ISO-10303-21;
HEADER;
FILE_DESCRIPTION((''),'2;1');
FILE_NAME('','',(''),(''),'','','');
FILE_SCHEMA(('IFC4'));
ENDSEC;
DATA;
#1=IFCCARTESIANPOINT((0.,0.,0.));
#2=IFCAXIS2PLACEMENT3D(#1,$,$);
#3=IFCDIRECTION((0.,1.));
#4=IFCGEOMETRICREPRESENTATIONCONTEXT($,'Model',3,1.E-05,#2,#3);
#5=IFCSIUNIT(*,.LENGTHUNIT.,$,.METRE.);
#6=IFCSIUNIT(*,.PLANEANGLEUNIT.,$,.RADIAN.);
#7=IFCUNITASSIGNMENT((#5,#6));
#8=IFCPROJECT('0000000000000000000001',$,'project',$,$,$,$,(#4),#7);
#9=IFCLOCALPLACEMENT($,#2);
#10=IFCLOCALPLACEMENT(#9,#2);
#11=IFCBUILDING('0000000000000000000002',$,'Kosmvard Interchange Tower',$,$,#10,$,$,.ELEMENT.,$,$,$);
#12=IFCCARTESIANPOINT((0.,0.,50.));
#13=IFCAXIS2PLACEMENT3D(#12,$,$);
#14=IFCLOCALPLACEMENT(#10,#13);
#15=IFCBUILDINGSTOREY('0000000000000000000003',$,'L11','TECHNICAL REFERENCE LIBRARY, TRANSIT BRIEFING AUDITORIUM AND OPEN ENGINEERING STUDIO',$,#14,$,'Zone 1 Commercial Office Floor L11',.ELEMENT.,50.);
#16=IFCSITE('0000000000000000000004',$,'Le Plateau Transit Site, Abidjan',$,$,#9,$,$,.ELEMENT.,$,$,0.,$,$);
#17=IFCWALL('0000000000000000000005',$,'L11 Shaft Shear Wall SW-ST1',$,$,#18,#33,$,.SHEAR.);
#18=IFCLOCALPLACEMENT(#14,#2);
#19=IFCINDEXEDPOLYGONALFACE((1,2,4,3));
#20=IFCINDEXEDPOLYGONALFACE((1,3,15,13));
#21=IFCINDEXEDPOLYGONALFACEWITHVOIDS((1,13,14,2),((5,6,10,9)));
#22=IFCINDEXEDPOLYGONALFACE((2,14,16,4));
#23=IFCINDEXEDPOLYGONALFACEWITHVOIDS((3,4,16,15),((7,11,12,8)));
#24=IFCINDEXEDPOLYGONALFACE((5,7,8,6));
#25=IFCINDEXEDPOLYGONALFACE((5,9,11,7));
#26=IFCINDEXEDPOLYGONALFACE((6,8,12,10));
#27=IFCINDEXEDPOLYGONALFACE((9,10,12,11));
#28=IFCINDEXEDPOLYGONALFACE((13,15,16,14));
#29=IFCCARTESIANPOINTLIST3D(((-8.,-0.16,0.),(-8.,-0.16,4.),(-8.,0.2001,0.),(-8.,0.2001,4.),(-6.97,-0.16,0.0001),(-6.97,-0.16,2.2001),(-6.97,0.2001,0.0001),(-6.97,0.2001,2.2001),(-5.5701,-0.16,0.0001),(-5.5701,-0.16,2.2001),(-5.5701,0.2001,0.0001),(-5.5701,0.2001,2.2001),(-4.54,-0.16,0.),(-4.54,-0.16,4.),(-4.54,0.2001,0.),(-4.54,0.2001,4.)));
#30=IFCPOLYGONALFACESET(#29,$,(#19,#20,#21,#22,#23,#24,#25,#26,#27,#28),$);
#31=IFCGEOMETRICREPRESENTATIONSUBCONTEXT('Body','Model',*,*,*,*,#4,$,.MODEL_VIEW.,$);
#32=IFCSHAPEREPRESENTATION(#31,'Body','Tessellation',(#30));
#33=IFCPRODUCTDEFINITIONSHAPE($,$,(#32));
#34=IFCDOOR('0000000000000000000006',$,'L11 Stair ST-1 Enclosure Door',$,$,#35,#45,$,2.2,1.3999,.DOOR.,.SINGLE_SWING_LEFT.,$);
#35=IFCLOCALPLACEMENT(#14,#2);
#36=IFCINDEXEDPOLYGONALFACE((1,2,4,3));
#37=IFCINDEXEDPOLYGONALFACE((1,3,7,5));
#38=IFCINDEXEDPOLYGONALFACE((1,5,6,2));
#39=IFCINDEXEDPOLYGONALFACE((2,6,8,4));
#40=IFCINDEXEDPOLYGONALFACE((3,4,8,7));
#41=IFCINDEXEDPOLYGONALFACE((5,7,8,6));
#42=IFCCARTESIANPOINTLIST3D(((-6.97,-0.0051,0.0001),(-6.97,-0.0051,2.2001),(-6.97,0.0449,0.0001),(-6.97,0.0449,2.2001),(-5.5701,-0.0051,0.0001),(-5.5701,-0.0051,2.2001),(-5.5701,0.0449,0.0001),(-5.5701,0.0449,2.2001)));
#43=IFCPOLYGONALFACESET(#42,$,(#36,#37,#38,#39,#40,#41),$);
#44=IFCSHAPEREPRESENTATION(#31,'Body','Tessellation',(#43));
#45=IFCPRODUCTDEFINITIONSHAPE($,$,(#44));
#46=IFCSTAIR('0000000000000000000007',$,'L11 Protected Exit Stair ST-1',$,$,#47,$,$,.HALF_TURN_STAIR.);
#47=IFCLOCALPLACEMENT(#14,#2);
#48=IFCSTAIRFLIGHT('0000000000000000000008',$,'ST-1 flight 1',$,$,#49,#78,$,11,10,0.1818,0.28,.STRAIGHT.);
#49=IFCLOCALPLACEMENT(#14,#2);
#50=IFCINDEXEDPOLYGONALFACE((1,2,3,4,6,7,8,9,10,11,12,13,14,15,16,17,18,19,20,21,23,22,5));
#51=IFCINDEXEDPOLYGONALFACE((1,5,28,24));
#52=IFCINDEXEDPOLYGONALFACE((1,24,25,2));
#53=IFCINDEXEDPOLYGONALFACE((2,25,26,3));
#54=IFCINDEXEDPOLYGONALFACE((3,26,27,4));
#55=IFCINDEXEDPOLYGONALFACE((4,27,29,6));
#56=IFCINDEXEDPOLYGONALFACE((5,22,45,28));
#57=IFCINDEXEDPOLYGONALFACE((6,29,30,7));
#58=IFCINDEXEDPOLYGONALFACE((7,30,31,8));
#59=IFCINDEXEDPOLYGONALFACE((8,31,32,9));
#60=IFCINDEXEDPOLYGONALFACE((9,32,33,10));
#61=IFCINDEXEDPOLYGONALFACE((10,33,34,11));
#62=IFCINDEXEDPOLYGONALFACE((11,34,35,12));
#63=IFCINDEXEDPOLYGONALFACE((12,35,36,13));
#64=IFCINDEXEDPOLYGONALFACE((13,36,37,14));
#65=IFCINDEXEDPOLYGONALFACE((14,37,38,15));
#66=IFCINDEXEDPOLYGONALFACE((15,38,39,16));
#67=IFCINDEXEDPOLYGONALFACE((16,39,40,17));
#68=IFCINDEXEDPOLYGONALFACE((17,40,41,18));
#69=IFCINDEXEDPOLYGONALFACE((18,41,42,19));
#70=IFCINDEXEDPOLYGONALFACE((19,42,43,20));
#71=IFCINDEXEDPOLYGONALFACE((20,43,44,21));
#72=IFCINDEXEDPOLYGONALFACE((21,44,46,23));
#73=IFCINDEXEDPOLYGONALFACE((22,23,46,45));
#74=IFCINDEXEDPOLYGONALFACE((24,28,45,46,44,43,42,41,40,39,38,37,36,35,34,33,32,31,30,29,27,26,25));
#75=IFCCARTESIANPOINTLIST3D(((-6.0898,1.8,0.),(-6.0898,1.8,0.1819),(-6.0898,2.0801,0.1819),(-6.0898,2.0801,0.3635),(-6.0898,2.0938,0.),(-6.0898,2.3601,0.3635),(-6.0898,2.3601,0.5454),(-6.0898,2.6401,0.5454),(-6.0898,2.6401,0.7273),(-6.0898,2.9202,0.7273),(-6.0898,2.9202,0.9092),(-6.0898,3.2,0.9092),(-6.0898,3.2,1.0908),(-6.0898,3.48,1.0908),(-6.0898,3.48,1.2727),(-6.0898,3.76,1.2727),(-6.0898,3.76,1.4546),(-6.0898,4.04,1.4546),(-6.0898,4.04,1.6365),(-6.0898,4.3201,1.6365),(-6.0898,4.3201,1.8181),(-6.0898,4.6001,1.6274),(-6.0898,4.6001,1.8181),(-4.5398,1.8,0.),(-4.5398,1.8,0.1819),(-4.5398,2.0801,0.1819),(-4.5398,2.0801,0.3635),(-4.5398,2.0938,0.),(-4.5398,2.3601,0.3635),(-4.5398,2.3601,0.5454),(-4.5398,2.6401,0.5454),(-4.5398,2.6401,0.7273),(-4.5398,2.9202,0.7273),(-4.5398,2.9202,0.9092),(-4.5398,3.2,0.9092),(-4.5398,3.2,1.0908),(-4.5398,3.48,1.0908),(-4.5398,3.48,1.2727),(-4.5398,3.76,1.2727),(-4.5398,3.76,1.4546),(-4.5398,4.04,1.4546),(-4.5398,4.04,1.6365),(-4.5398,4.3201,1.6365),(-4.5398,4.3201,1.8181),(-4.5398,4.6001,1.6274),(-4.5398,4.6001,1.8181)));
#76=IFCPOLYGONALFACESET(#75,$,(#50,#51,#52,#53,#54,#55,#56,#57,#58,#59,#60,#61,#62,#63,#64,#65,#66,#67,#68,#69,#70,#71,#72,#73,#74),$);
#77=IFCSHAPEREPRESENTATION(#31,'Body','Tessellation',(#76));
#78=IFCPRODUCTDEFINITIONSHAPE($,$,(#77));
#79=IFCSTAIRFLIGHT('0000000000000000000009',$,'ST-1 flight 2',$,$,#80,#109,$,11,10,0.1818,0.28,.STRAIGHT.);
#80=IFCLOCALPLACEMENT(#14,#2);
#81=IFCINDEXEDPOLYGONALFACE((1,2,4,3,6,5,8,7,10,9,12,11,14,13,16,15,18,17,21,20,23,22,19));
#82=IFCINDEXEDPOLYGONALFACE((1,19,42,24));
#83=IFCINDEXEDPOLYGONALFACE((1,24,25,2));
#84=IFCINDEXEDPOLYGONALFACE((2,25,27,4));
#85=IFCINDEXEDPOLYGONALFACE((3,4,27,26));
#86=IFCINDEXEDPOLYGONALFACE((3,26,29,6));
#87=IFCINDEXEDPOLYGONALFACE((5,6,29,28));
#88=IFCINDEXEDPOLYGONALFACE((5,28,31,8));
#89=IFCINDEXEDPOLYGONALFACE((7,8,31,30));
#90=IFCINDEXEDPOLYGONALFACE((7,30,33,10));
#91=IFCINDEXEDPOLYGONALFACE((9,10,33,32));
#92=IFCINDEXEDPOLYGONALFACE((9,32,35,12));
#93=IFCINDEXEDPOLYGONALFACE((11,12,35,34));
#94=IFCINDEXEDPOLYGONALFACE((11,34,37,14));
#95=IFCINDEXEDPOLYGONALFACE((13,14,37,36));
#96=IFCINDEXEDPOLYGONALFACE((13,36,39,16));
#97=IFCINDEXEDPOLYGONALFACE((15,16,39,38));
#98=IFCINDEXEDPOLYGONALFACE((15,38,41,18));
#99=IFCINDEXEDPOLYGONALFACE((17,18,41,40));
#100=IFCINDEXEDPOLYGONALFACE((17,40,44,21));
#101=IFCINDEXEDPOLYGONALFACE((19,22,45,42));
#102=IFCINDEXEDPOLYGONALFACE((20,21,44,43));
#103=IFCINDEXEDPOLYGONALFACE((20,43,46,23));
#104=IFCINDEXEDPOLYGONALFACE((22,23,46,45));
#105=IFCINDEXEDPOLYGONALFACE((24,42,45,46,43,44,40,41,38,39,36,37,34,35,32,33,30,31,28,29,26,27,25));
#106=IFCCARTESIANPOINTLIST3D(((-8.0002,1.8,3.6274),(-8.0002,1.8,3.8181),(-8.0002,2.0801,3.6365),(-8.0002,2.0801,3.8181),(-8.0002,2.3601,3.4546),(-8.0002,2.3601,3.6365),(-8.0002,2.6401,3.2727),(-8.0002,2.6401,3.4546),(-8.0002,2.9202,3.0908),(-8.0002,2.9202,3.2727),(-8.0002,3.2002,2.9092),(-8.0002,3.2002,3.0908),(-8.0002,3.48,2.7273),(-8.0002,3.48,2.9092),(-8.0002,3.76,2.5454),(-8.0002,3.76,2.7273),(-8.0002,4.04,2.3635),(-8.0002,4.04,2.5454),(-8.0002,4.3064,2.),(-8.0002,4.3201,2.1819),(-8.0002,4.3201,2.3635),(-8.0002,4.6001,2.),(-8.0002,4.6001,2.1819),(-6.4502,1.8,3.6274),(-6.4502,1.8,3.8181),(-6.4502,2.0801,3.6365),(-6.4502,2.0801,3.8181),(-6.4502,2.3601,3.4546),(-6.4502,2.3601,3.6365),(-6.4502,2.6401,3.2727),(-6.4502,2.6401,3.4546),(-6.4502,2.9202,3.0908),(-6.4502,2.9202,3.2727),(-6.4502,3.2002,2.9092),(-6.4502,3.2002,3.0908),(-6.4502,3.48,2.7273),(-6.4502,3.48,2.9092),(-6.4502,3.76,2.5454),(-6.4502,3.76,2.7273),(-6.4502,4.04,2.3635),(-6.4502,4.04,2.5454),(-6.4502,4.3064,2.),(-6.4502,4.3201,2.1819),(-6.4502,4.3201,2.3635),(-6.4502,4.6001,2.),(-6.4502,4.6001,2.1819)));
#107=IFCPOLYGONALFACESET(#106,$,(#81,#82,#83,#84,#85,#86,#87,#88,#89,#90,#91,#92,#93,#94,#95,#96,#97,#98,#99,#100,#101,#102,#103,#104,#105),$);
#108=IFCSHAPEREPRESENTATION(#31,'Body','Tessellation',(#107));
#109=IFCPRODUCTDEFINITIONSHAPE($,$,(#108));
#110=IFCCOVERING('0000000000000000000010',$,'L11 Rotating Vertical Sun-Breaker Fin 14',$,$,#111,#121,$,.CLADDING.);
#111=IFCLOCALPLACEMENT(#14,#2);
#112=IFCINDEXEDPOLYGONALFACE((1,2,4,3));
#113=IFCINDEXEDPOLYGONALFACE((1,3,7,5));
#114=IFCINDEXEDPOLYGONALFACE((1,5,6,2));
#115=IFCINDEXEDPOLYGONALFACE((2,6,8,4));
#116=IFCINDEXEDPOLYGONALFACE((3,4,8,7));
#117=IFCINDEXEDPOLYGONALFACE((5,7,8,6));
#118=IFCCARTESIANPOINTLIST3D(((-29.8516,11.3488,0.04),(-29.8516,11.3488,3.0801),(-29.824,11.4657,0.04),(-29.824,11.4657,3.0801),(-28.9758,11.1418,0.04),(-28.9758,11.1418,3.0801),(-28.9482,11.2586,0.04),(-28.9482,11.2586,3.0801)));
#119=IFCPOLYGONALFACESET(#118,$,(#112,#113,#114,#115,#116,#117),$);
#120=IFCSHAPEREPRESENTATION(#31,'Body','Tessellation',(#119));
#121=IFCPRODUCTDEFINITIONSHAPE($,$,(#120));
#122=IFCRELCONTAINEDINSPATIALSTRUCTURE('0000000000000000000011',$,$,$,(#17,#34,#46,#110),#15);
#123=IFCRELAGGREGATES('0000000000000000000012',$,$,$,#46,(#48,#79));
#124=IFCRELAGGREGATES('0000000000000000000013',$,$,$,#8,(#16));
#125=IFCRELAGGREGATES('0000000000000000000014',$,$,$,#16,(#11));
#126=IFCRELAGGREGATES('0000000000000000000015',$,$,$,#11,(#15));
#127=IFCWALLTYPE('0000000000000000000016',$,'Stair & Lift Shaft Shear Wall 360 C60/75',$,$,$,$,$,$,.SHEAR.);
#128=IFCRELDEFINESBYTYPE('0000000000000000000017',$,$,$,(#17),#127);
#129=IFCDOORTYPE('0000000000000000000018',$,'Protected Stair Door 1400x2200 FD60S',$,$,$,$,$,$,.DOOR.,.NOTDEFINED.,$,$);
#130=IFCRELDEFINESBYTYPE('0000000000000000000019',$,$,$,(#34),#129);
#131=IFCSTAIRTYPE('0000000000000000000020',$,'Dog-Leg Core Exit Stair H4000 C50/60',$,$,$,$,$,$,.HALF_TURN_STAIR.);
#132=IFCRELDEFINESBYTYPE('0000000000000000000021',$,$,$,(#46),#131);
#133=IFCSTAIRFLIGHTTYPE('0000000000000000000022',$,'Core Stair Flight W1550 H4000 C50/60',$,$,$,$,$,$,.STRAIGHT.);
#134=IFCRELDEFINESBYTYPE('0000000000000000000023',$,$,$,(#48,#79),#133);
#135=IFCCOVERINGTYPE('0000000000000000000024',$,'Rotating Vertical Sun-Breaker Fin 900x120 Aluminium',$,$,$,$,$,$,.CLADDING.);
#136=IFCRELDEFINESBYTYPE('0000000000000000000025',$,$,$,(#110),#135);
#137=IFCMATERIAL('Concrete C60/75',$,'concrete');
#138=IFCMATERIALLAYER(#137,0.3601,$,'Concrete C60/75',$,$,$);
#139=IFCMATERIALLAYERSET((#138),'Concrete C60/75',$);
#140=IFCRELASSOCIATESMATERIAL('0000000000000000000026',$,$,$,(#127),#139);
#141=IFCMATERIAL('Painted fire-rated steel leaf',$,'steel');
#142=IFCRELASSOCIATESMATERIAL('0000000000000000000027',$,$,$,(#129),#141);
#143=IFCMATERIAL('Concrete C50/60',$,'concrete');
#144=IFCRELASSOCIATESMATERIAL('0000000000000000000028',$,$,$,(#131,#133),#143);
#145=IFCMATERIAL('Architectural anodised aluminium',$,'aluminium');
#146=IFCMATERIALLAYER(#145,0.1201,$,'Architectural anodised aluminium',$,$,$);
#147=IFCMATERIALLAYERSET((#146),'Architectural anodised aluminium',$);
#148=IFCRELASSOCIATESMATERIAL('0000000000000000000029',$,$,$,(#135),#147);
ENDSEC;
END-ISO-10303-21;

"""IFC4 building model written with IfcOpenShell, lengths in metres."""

from ifc_helpers import new_model, si_unit, direction, frame, frame_2d, origin, origin_2d, place, context, subcontext, project, spatial, polyline, rectangle, outline, extrude, source, transform, mapped, material, layer, layer_set, type_object, element, fill, aggregate, save


model = new_model("IFC4")

# Units and contexts
model_context = context("Model", 3, precision=1e-05, world=origin(), true_north=direction((0.0, 1.0)))
body_context = subcontext(model_context, "Body", "Model", "MODEL_VIEW")
ifc_project = project(units=[si_unit("LENGTHUNIT", "METRE"), si_unit("PLANEANGLEUNIT", "RADIAN")], contexts=[model_context])

# Site, building, storey
site_placement = place(None, origin())
site = spatial("IfcSite", under=ifc_project, at=site_placement, Name="Le Plateau Transit Site, Abidjan", CompositionType="ELEMENT", RefElevation=0.0)
building_placement = place(site_placement, origin())
building = spatial("IfcBuilding", under=site, at=building_placement, Name="Kosmvard Interchange Tower", CompositionType="ELEMENT")
storey_placement = place(building_placement, frame((0.0, 0.0, 50.0)))
storey = spatial("IfcBuildingStorey", under=building, at=storey_placement, Name="L11", Description="TECHNICAL REFERENCE LIBRARY, TRANSIT BRIEFING AUDITORIUM AND OPEN ENGINEERING STUDIO", LongName="Zone 1 Commercial Office Floor L11", CompositionType="ELEMENT", Elevation=50.0)

# Wall, opening, door
ifc_material_1 = material(Name="Concrete C60/75", Category="concrete")
ifc_layer_1 = layer(ifc_material_1, 0.3601, Name="Concrete C60/75")
ifc_layer_set_1 = layer_set([ifc_layer_1], Name="Concrete C60/75")
wall_type_1 = type_object("IfcWallType", Name="Stair & Lift Shaft Shear Wall 360 C60/75", PredefinedType="SHEAR", material=ifc_layer_set_1)
wall_1_placement = place(storey_placement, frame((-8.0, 0.02, 0.0), z_axis=(0.0, 0.0, 1.0), x_axis=(1.0, 0.0, 0.0)))
wall_1 = element("IfcWall", 1, at=wall_1_placement, inside=storey, type_object=wall_type_1, Name="L11 Shaft Shear Wall SW-ST1", PredefinedType="SHEAR", context=body_context, shape_type="SweptSolid", body=[
    extrude(rectangle(XDim=3.46, YDim=0.3601, at=frame_2d((1.73, 0.0))), origin(), (0.0, 0.0, 1.0), 4.0),
])
opening_1_placement = place(wall_1_placement, frame((1.03, 0.0, 0.0)))
opening_1 = element("IfcOpeningElement", 2, at=opening_1_placement, cuts=wall_1, PredefinedType="OPENING", context=body_context, shape_type="SweptSolid", body=[
    extrude(rectangle(XDim=1.3999, YDim=2.2, at=frame_2d((0.7, 1.1001))), frame((0.0, 0.1899, 0.0), z_axis=(0.0, -1.0, 0.0), x_axis=(1.0, 0.0, 0.0)), (0.0, 0.0, 1.0), 0.3801),
])
ifc_material_2 = material(Name="Painted fire-rated steel leaf", Category="steel")
door_type_1 = type_object("IfcDoorType", Name="Protected Stair Door 1400x2200 FD60S", OperationType="NOTDEFINED", PredefinedType="DOOR", material=ifc_material_2)
shared_shape_1 = source(origin(), body_context, "Body", "SweptSolid", [
    extrude(rectangle(XDim=1.3999, YDim=2.2, at=frame_2d((0.7, 1.1001))), frame((0.0, 0.0249, 0.0), z_axis=(0.0, -1.0, 0.0), x_axis=(1.0, 0.0, 0.0)), (0.0, 0.0, 1.0), 0.05),
])
door_1_placement = place(opening_1_placement, origin())
door_1 = element("IfcDoor", 3, at=door_1_placement, inside=storey, type_object=door_type_1, Name="L11 Stair ST-1 Enclosure Door", OperationType="SINGLE_SWING_LEFT", OverallHeight=2.2, OverallWidth=1.3999, PredefinedType="DOOR", context=body_context, shape_type="MappedRepresentation", body=[
    mapped(shared_shape_1, transform((0.0, 0.0, 0.0), scale=1.0)),
])
fill(opening_1, door_1)

# Stair, stair flights
ifc_material_3 = material(Name="Concrete C50/60", Category="concrete")
stair_type = type_object("IfcStairType", Name="Dog-Leg Core Exit Stair H4000 C50/60", PredefinedType="HALF_TURN_STAIR", material=ifc_material_3)
stair_placement = place(storey_placement, origin())
stair = element("IfcStair", 4, at=stair_placement, inside=storey, type_object=stair_type, Name="L11 Protected Exit Stair ST-1", PredefinedType="HALF_TURN_STAIR")
stair_flight_type = type_object("IfcStairFlightType", Name="Core Stair Flight W1550 H4000 C50/60", PredefinedType="STRAIGHT", material=ifc_material_3)
shared_shape_2 = source(origin(), body_context, "Body", "SweptSolid", [
    extrude(outline(polyline([(0.0, 0.0), (0.0, 0.1819), (0.28, 0.1819), (0.28, 0.3635), (0.5601, 0.3635), (0.5601, 0.5454), (0.8401, 0.5454), (0.8401, 0.7273), (1.1201, 0.7273), (1.1201, 0.9092), (1.3999, 0.9092), (1.3999, 1.0908), (1.6799, 1.0908), (1.6799, 1.2727), (1.96, 1.2727), (1.96, 1.4546), (2.24, 1.4546), (2.24, 1.6365), (2.52, 1.6365), (2.52, 1.8181), (2.8, 1.8181), (2.8, 2.0), (2.8, 1.6274), (0.2937, 0.0), (0.0, 0.0)])), frame((0.0, 0.7749, 0.0), z_axis=(0.0, -1.0, 0.0), x_axis=(1.0, 0.0, 0.0)), (0.0, 0.0, 1.0), 1.55),
])
stair_flight_1_placement = place(storey_placement, frame((-5.3149, 1.8, 0.0), z_axis=(0.0, 0.0, 1.0), x_axis=(0.0, 1.0, 0.0)))
stair_flight_1 = element("IfcStairFlight", 5, at=stair_flight_1_placement, type_object=stair_flight_type, Name="ST-1 flight 1", NumberOfRisers=11, NumberOfTreads=10, PredefinedType="STRAIGHT", RiserHeight=0.1818, TreadLength=0.28, context=body_context, shape_type="MappedRepresentation", body=[
    mapped(shared_shape_2, transform((0.0, 0.0, 0.0), scale=1.0)),
])
stair_flight_2_placement = place(storey_placement, frame((-7.2251, 4.6001, 2.0), z_axis=(0.0, 0.0, 1.0), x_axis=(0.0, -1.0, 0.0)))
stair_flight_2 = element("IfcStairFlight", 6, at=stair_flight_2_placement, type_object=stair_flight_type, Name="ST-1 flight 2", NumberOfRisers=11, NumberOfTreads=10, PredefinedType="STRAIGHT", RiserHeight=0.1818, TreadLength=0.28, context=body_context, shape_type="MappedRepresentation", body=[
    mapped(shared_shape_2, transform((0.0, 0.0, 0.0), scale=1.0)),
])
aggregate(stair, [stair_flight_1, stair_flight_2])

# Covering
ifc_material_4 = material(Name="Architectural anodised aluminium", Category="aluminium")
ifc_layer_2 = layer(ifc_material_4, 0.1201, Name="Architectural anodised aluminium")
ifc_layer_set_2 = layer_set([ifc_layer_2], Name="Architectural anodised aluminium")
covering_type = type_object("IfcCoveringType", Name="Rotating Vertical Sun-Breaker Fin 900x120 Aluminium", PredefinedType="CLADDING", material=ifc_layer_set_2)
shared_shape_3 = source(origin(), body_context, "Body", "SweptSolid", [
    extrude(rectangle(XDim=0.8999, YDim=0.1201, at=origin_2d()), origin(), (0.0, 0.0, 1.0), 3.04),
])
covering_placement = place(storey_placement, frame((-29.3999, 11.3037, 0.04), z_axis=(0.0, 0.0, 1.0), x_axis=(-0.973179, 0.23005, 0.0)))
element("IfcCovering", 7, at=covering_placement, inside=storey, type_object=covering_type, Name="L11 Rotating Vertical Sun-Breaker Fin 14", PredefinedType="CLADDING", context=body_context, shape_type="MappedRepresentation", body=[
    mapped(shared_shape_3, transform((0.0, 0.0, 0.0), scale=1.0)),
])

save(model, "model.ifc")
